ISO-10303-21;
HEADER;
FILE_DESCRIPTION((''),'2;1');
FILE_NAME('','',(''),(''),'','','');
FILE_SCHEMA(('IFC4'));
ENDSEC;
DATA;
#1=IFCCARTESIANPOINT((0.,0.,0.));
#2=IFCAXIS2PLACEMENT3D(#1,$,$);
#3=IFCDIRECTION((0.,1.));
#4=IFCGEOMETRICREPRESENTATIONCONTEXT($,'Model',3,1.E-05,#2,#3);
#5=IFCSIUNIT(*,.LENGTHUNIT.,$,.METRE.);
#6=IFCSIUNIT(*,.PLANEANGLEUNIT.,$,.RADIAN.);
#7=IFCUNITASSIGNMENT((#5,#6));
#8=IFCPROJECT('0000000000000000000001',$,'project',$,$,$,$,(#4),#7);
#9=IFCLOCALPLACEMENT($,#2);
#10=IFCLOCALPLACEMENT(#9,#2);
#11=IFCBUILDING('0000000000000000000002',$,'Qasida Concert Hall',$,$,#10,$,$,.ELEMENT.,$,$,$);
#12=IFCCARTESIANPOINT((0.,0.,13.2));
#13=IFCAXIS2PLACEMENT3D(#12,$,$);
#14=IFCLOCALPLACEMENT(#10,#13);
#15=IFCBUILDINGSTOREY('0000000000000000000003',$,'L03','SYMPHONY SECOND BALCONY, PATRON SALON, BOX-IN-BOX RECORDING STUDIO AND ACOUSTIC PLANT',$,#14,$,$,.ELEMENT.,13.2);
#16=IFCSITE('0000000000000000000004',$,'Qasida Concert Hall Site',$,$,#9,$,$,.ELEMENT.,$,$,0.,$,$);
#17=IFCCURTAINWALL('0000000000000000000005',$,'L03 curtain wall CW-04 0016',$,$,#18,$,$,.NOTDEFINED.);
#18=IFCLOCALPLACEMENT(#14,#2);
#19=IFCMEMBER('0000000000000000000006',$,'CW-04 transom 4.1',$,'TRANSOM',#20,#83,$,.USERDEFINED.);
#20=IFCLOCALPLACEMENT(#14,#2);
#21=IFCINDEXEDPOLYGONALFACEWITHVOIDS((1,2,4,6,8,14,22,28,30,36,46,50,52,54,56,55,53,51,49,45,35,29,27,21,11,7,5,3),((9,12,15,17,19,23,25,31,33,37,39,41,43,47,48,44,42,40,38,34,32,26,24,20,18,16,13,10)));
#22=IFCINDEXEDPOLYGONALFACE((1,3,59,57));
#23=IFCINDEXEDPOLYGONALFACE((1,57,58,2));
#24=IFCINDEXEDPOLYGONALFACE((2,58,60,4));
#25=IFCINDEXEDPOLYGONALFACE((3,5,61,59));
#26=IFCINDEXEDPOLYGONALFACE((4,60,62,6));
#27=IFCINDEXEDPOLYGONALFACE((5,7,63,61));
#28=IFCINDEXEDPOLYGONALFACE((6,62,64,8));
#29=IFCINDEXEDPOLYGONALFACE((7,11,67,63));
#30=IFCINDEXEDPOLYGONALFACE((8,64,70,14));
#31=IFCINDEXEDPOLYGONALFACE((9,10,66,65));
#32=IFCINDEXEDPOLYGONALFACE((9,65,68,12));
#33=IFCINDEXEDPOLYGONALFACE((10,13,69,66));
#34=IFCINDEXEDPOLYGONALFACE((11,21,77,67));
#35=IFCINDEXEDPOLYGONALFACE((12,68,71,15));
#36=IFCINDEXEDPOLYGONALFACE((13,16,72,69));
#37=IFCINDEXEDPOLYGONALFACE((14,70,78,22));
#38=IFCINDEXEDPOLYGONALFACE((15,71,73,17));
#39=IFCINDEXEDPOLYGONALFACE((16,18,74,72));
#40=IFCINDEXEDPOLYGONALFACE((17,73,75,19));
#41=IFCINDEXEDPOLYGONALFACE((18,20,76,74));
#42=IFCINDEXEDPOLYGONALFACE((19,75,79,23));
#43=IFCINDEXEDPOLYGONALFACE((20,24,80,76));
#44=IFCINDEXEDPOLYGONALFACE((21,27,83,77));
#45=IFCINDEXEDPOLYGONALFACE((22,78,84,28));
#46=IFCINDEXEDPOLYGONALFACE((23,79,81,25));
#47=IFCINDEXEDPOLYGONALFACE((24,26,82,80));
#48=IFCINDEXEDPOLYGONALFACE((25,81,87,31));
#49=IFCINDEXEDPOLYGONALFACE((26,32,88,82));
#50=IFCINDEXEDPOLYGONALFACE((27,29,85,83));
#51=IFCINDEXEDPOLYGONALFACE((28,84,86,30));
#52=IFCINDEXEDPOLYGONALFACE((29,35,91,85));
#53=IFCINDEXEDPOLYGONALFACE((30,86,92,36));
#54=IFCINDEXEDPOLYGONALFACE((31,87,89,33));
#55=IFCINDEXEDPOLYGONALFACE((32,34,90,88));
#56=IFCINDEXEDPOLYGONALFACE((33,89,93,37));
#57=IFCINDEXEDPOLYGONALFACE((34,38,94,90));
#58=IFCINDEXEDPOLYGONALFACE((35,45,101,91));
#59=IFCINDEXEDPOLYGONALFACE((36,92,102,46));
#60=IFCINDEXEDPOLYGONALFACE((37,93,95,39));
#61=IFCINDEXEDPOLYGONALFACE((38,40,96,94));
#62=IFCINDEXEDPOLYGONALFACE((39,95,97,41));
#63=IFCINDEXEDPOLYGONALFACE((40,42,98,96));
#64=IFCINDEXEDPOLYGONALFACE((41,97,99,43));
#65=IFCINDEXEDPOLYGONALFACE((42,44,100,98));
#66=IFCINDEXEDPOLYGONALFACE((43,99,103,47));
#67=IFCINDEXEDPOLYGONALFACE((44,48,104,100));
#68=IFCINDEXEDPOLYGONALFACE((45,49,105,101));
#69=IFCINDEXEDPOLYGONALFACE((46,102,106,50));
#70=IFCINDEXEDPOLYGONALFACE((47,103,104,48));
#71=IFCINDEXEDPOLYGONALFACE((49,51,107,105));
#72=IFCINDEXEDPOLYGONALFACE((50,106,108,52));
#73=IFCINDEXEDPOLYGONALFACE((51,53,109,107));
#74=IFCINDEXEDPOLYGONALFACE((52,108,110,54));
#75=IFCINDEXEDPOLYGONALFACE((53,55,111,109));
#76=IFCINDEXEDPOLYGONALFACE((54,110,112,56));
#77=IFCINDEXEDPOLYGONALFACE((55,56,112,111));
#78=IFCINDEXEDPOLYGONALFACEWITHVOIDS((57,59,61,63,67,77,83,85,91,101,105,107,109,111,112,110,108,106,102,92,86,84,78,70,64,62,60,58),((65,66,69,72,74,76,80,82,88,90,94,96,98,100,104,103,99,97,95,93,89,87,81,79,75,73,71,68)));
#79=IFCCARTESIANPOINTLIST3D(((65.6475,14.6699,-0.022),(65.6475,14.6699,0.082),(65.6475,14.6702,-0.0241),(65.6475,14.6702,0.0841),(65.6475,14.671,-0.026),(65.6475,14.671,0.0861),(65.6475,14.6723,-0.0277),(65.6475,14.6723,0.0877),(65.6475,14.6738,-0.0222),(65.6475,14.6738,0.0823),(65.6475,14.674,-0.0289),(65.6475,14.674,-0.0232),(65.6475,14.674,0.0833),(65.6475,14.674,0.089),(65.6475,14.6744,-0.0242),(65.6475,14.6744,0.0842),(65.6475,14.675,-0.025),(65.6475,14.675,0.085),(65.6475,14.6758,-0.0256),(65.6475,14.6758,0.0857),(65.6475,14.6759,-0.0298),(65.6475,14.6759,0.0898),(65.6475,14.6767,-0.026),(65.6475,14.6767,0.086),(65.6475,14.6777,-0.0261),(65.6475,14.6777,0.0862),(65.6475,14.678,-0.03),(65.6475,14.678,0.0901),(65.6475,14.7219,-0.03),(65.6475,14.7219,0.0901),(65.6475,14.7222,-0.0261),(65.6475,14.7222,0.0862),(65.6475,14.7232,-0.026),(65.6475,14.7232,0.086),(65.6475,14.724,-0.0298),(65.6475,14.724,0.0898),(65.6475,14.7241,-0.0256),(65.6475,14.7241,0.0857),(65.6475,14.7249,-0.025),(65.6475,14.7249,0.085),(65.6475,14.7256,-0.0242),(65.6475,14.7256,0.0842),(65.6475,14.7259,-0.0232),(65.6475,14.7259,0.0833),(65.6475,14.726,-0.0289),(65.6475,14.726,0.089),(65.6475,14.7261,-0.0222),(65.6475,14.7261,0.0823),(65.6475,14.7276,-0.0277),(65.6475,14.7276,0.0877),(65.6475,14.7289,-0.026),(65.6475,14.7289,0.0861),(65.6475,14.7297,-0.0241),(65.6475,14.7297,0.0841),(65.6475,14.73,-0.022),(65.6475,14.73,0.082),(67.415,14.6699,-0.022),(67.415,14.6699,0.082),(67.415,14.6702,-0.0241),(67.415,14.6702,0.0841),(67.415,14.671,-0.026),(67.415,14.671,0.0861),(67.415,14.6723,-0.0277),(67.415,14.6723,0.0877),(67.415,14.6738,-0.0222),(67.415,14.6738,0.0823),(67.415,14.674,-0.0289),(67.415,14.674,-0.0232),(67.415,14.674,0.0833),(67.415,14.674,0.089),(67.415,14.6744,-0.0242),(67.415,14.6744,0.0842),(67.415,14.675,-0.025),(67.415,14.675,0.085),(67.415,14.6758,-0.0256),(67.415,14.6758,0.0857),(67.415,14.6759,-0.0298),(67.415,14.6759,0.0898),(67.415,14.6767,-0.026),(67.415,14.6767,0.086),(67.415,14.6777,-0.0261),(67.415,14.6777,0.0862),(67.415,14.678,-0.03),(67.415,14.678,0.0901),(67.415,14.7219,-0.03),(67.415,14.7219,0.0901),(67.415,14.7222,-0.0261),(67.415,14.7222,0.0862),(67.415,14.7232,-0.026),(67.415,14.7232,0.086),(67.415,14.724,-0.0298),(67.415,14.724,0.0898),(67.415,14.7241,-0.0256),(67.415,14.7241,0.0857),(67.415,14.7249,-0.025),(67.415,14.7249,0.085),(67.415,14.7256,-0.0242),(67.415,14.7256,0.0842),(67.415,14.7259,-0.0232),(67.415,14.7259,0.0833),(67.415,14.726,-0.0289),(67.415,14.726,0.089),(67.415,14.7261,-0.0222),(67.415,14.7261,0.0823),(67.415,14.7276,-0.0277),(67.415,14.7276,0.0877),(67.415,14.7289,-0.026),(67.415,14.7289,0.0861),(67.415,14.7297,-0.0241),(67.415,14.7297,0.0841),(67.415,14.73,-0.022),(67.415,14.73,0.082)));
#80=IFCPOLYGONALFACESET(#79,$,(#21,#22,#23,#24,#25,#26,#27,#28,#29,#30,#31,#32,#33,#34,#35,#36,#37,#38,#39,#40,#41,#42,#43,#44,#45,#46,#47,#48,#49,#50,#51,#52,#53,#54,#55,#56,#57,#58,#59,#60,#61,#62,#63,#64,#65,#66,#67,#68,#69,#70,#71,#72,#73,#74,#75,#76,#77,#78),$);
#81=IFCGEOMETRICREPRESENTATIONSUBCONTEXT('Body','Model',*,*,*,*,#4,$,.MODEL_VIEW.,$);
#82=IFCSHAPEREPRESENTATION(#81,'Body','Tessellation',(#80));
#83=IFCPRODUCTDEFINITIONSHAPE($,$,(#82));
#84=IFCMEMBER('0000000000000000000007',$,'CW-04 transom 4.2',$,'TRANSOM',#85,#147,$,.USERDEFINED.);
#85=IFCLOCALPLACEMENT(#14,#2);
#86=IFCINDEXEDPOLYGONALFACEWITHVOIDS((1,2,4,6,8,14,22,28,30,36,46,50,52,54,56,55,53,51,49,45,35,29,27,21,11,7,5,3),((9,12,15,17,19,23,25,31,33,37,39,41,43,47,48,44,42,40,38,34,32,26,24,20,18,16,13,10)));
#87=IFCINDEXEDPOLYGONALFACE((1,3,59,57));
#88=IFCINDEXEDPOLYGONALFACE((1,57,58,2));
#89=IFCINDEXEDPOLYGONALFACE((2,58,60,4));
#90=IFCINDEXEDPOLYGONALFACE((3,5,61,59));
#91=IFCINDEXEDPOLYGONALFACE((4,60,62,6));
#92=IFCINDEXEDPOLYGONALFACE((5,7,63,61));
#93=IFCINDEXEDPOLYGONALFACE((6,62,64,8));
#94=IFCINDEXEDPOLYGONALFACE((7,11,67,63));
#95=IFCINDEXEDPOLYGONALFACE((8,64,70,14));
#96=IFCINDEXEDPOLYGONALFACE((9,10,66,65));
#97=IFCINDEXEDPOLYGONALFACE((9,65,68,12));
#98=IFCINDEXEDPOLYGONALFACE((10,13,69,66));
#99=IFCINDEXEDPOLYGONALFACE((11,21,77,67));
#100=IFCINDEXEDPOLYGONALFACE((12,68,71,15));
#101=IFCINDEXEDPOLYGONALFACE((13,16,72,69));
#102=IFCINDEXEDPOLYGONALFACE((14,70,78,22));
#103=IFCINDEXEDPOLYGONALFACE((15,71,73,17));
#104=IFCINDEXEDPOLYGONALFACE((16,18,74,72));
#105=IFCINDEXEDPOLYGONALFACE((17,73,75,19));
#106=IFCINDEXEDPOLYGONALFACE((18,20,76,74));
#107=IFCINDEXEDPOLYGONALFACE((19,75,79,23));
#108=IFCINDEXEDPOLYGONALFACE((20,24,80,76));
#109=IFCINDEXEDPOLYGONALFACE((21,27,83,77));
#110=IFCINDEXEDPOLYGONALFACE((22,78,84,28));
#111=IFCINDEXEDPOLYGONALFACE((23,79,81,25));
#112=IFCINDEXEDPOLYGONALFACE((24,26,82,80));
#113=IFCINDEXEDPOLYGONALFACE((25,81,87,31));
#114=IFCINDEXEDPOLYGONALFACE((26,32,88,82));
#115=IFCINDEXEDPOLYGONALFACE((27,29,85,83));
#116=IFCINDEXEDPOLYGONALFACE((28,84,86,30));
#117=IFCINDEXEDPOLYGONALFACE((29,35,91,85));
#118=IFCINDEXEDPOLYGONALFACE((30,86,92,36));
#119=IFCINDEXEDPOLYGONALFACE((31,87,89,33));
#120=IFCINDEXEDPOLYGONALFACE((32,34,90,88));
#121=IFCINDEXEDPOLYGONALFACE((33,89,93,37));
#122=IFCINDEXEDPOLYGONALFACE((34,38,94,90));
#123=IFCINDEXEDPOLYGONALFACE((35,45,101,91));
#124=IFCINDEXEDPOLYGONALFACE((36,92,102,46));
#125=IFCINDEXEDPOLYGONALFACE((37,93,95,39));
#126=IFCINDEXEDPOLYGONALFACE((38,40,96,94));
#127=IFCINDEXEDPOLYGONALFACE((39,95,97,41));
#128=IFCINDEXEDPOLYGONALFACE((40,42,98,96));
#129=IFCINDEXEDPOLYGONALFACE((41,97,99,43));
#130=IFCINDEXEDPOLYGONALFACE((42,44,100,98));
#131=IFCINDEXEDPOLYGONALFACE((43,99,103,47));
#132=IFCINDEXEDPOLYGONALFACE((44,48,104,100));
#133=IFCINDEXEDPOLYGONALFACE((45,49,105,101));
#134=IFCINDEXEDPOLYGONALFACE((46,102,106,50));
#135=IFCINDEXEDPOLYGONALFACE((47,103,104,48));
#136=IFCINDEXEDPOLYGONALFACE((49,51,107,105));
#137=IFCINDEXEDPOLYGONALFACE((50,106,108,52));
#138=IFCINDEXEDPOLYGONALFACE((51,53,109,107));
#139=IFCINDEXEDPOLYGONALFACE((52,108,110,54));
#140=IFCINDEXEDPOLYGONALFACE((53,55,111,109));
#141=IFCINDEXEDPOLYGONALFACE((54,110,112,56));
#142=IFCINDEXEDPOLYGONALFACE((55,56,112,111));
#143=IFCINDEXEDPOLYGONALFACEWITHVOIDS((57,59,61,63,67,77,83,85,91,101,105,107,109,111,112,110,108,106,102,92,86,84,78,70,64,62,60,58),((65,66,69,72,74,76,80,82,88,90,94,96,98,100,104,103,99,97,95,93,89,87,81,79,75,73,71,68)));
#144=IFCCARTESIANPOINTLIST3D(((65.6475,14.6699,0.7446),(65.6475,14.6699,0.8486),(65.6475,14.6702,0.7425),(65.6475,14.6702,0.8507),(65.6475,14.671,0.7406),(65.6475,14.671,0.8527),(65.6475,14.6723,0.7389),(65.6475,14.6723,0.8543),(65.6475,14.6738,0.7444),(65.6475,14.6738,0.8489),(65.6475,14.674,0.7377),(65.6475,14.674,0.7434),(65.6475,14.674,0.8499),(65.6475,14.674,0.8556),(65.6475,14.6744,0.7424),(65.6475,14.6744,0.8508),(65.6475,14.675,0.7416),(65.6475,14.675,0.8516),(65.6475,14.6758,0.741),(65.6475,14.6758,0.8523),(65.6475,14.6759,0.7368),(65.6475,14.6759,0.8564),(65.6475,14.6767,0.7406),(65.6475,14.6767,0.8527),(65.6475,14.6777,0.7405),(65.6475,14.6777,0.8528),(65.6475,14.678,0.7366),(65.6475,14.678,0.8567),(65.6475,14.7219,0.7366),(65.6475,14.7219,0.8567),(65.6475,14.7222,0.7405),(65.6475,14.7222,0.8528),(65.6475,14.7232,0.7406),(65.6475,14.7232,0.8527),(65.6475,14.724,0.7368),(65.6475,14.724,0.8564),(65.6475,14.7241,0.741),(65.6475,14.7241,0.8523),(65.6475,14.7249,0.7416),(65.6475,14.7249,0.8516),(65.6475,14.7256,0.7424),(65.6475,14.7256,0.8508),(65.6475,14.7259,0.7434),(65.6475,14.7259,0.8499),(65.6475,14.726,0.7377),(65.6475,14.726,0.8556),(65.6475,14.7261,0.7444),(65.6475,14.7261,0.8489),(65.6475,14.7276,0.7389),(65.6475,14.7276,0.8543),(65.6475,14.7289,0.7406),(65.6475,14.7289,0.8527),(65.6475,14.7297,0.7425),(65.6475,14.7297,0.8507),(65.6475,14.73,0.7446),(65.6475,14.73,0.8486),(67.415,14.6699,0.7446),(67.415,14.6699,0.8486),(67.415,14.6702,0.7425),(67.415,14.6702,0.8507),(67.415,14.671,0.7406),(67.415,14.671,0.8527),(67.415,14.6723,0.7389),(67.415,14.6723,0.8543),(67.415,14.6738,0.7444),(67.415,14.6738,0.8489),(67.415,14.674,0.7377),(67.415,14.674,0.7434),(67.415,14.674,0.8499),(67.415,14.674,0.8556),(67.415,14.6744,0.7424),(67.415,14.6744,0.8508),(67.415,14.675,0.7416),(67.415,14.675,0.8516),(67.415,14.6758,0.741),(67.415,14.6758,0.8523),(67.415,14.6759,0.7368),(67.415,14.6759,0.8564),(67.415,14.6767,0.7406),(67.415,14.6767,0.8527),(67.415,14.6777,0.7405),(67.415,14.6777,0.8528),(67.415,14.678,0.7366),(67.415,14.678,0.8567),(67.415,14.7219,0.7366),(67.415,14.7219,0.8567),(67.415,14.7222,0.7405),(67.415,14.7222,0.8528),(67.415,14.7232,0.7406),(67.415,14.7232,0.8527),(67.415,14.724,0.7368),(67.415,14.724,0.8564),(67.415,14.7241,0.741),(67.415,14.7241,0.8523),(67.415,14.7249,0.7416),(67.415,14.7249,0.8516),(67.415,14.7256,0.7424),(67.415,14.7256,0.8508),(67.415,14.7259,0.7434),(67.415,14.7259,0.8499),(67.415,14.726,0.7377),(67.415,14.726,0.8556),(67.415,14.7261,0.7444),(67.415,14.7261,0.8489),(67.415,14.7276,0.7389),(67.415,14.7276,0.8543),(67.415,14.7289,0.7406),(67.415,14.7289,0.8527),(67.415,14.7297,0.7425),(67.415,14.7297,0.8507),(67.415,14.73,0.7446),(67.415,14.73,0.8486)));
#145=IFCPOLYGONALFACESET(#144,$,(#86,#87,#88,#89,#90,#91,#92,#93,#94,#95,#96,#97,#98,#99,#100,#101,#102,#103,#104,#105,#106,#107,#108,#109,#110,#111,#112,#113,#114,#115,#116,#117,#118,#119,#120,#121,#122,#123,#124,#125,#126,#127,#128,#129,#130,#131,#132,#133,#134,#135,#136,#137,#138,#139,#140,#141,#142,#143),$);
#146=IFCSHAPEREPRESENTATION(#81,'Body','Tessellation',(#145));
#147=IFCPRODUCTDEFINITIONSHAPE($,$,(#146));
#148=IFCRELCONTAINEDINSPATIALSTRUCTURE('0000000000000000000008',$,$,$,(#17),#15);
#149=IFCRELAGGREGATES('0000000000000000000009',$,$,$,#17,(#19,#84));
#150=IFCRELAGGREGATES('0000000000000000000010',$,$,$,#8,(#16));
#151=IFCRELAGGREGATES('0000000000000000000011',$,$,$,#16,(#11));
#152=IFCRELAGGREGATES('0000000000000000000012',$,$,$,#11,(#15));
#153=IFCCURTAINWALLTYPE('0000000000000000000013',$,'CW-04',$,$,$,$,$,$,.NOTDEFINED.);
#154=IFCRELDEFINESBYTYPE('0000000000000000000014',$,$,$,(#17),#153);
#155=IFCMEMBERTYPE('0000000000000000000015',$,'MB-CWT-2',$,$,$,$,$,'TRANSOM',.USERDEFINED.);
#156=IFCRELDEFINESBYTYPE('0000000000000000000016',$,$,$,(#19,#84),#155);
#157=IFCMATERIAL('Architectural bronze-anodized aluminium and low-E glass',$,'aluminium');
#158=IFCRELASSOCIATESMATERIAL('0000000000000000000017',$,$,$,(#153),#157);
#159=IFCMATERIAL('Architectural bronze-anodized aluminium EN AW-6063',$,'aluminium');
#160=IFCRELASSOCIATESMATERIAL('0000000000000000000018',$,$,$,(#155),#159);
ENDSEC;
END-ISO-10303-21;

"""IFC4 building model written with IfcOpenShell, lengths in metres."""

from ifc_helpers import new_model, si_unit, direction, frame, origin, origin_2d, place, context, subcontext, project, spatial, hollow_rectangle, extrude, material, material_profile, profile_set, type_object, element, aggregate, save


model = new_model("IFC4")

# Units and contexts
model_context = context("Model", 3, precision=1e-05, world=origin(), true_north=direction((0.0, 1.0)))
body_context = subcontext(model_context, "Body", "Model", "MODEL_VIEW")
ifc_project = project(units=[si_unit("LENGTHUNIT", "METRE"), si_unit("PLANEANGLEUNIT", "RADIAN")], contexts=[model_context])

# Site, building, storey
site_placement = place(None, origin())
site = spatial("IfcSite", under=ifc_project, at=site_placement, Name="Qasida Concert Hall Site", CompositionType="ELEMENT", RefElevation=0.0)
building_placement = place(site_placement, origin())
building = spatial("IfcBuilding", under=site, at=building_placement, Name="Qasida Concert Hall", CompositionType="ELEMENT")
storey_placement = place(building_placement, frame((0.0, 0.0, 13.2)))
storey = spatial("IfcBuildingStorey", under=building, at=storey_placement, Name="L03", Description="SYMPHONY SECOND BALCONY, PATRON SALON, BOX-IN-BOX RECORDING STUDIO AND ACOUSTIC PLANT", CompositionType="ELEMENT", Elevation=13.2)

# Curtain wall
ifc_material_1 = material(Name="Architectural bronze-anodized aluminium and low-E glass", Category="aluminium")
curtain_wall_type = type_object("IfcCurtainWallType", Name="CW-04", PredefinedType="NOTDEFINED", material=ifc_material_1)
curtain_wall_1_placement = place(storey_placement, origin())
curtain_wall_1 = element("IfcCurtainWall", 1, at=curtain_wall_1_placement, inside=storey, type_object=curtain_wall_type, Name="L03 curtain wall CW-04 0016", PredefinedType="NOTDEFINED")
ifc_material_2 = material(Name="Architectural bronze-anodized aluminium EN AW-6063", Category="aluminium")

# Members
ifc_material_profile_1 = material_profile(ifc_material_2, hollow_rectangle(XDim=0.0601, YDim=0.1201, WallThickness=0.0039, InnerFilletRadius=0.0039, OuterFilletRadius=0.0081, at=origin_2d()), Name="CWT 120x60x4")
ifc_profile_set_1 = profile_set([ifc_material_profile_1], Name="Architectural bronze-anodized aluminium EN AW-6063")
member_type_1 = type_object("IfcMemberType", Name="MB-CWT-2", ElementType="TRANSOM", PredefinedType="USERDEFINED", material=ifc_profile_set_1)
member_1_placement = place(storey_placement, frame((65.6475, 14.7, 0.03), z_axis=(1.0, 0.0, 0.0), x_axis=(0.0, 1.0, 0.0)))
member_1 = element("IfcMember", 2, at=member_1_placement, type_object=member_type_1, Name="CW-04 transom 4.1", ObjectType="TRANSOM", PredefinedType="USERDEFINED", context=body_context, shape_type="SweptSolid", body=[
    extrude(hollow_rectangle(XDim=0.0601, YDim=0.1201, WallThickness=0.0039, InnerFilletRadius=0.0039, OuterFilletRadius=0.0081, at=origin_2d()), origin(), (0.0, 0.0, 1.0), 1.7676),
])
member_2_placement = place(storey_placement, frame((65.6475, 14.7, 0.7966), z_axis=(1.0, 0.0, 0.0), x_axis=(0.0, 1.0, 0.0)))
member_2 = element("IfcMember", 3, at=member_2_placement, type_object=member_type_1, Name="CW-04 transom 4.2", ObjectType="TRANSOM", PredefinedType="USERDEFINED", context=body_context, shape_type="SweptSolid", body=[
    extrude(hollow_rectangle(XDim=0.0601, YDim=0.1201, WallThickness=0.0039, InnerFilletRadius=0.0039, OuterFilletRadius=0.0081, at=origin_2d()), origin(), (0.0, 0.0, 1.0), 1.7676),
])

aggregate(curtain_wall_1, [member_1, member_2])

save(model, "model.ifc")
